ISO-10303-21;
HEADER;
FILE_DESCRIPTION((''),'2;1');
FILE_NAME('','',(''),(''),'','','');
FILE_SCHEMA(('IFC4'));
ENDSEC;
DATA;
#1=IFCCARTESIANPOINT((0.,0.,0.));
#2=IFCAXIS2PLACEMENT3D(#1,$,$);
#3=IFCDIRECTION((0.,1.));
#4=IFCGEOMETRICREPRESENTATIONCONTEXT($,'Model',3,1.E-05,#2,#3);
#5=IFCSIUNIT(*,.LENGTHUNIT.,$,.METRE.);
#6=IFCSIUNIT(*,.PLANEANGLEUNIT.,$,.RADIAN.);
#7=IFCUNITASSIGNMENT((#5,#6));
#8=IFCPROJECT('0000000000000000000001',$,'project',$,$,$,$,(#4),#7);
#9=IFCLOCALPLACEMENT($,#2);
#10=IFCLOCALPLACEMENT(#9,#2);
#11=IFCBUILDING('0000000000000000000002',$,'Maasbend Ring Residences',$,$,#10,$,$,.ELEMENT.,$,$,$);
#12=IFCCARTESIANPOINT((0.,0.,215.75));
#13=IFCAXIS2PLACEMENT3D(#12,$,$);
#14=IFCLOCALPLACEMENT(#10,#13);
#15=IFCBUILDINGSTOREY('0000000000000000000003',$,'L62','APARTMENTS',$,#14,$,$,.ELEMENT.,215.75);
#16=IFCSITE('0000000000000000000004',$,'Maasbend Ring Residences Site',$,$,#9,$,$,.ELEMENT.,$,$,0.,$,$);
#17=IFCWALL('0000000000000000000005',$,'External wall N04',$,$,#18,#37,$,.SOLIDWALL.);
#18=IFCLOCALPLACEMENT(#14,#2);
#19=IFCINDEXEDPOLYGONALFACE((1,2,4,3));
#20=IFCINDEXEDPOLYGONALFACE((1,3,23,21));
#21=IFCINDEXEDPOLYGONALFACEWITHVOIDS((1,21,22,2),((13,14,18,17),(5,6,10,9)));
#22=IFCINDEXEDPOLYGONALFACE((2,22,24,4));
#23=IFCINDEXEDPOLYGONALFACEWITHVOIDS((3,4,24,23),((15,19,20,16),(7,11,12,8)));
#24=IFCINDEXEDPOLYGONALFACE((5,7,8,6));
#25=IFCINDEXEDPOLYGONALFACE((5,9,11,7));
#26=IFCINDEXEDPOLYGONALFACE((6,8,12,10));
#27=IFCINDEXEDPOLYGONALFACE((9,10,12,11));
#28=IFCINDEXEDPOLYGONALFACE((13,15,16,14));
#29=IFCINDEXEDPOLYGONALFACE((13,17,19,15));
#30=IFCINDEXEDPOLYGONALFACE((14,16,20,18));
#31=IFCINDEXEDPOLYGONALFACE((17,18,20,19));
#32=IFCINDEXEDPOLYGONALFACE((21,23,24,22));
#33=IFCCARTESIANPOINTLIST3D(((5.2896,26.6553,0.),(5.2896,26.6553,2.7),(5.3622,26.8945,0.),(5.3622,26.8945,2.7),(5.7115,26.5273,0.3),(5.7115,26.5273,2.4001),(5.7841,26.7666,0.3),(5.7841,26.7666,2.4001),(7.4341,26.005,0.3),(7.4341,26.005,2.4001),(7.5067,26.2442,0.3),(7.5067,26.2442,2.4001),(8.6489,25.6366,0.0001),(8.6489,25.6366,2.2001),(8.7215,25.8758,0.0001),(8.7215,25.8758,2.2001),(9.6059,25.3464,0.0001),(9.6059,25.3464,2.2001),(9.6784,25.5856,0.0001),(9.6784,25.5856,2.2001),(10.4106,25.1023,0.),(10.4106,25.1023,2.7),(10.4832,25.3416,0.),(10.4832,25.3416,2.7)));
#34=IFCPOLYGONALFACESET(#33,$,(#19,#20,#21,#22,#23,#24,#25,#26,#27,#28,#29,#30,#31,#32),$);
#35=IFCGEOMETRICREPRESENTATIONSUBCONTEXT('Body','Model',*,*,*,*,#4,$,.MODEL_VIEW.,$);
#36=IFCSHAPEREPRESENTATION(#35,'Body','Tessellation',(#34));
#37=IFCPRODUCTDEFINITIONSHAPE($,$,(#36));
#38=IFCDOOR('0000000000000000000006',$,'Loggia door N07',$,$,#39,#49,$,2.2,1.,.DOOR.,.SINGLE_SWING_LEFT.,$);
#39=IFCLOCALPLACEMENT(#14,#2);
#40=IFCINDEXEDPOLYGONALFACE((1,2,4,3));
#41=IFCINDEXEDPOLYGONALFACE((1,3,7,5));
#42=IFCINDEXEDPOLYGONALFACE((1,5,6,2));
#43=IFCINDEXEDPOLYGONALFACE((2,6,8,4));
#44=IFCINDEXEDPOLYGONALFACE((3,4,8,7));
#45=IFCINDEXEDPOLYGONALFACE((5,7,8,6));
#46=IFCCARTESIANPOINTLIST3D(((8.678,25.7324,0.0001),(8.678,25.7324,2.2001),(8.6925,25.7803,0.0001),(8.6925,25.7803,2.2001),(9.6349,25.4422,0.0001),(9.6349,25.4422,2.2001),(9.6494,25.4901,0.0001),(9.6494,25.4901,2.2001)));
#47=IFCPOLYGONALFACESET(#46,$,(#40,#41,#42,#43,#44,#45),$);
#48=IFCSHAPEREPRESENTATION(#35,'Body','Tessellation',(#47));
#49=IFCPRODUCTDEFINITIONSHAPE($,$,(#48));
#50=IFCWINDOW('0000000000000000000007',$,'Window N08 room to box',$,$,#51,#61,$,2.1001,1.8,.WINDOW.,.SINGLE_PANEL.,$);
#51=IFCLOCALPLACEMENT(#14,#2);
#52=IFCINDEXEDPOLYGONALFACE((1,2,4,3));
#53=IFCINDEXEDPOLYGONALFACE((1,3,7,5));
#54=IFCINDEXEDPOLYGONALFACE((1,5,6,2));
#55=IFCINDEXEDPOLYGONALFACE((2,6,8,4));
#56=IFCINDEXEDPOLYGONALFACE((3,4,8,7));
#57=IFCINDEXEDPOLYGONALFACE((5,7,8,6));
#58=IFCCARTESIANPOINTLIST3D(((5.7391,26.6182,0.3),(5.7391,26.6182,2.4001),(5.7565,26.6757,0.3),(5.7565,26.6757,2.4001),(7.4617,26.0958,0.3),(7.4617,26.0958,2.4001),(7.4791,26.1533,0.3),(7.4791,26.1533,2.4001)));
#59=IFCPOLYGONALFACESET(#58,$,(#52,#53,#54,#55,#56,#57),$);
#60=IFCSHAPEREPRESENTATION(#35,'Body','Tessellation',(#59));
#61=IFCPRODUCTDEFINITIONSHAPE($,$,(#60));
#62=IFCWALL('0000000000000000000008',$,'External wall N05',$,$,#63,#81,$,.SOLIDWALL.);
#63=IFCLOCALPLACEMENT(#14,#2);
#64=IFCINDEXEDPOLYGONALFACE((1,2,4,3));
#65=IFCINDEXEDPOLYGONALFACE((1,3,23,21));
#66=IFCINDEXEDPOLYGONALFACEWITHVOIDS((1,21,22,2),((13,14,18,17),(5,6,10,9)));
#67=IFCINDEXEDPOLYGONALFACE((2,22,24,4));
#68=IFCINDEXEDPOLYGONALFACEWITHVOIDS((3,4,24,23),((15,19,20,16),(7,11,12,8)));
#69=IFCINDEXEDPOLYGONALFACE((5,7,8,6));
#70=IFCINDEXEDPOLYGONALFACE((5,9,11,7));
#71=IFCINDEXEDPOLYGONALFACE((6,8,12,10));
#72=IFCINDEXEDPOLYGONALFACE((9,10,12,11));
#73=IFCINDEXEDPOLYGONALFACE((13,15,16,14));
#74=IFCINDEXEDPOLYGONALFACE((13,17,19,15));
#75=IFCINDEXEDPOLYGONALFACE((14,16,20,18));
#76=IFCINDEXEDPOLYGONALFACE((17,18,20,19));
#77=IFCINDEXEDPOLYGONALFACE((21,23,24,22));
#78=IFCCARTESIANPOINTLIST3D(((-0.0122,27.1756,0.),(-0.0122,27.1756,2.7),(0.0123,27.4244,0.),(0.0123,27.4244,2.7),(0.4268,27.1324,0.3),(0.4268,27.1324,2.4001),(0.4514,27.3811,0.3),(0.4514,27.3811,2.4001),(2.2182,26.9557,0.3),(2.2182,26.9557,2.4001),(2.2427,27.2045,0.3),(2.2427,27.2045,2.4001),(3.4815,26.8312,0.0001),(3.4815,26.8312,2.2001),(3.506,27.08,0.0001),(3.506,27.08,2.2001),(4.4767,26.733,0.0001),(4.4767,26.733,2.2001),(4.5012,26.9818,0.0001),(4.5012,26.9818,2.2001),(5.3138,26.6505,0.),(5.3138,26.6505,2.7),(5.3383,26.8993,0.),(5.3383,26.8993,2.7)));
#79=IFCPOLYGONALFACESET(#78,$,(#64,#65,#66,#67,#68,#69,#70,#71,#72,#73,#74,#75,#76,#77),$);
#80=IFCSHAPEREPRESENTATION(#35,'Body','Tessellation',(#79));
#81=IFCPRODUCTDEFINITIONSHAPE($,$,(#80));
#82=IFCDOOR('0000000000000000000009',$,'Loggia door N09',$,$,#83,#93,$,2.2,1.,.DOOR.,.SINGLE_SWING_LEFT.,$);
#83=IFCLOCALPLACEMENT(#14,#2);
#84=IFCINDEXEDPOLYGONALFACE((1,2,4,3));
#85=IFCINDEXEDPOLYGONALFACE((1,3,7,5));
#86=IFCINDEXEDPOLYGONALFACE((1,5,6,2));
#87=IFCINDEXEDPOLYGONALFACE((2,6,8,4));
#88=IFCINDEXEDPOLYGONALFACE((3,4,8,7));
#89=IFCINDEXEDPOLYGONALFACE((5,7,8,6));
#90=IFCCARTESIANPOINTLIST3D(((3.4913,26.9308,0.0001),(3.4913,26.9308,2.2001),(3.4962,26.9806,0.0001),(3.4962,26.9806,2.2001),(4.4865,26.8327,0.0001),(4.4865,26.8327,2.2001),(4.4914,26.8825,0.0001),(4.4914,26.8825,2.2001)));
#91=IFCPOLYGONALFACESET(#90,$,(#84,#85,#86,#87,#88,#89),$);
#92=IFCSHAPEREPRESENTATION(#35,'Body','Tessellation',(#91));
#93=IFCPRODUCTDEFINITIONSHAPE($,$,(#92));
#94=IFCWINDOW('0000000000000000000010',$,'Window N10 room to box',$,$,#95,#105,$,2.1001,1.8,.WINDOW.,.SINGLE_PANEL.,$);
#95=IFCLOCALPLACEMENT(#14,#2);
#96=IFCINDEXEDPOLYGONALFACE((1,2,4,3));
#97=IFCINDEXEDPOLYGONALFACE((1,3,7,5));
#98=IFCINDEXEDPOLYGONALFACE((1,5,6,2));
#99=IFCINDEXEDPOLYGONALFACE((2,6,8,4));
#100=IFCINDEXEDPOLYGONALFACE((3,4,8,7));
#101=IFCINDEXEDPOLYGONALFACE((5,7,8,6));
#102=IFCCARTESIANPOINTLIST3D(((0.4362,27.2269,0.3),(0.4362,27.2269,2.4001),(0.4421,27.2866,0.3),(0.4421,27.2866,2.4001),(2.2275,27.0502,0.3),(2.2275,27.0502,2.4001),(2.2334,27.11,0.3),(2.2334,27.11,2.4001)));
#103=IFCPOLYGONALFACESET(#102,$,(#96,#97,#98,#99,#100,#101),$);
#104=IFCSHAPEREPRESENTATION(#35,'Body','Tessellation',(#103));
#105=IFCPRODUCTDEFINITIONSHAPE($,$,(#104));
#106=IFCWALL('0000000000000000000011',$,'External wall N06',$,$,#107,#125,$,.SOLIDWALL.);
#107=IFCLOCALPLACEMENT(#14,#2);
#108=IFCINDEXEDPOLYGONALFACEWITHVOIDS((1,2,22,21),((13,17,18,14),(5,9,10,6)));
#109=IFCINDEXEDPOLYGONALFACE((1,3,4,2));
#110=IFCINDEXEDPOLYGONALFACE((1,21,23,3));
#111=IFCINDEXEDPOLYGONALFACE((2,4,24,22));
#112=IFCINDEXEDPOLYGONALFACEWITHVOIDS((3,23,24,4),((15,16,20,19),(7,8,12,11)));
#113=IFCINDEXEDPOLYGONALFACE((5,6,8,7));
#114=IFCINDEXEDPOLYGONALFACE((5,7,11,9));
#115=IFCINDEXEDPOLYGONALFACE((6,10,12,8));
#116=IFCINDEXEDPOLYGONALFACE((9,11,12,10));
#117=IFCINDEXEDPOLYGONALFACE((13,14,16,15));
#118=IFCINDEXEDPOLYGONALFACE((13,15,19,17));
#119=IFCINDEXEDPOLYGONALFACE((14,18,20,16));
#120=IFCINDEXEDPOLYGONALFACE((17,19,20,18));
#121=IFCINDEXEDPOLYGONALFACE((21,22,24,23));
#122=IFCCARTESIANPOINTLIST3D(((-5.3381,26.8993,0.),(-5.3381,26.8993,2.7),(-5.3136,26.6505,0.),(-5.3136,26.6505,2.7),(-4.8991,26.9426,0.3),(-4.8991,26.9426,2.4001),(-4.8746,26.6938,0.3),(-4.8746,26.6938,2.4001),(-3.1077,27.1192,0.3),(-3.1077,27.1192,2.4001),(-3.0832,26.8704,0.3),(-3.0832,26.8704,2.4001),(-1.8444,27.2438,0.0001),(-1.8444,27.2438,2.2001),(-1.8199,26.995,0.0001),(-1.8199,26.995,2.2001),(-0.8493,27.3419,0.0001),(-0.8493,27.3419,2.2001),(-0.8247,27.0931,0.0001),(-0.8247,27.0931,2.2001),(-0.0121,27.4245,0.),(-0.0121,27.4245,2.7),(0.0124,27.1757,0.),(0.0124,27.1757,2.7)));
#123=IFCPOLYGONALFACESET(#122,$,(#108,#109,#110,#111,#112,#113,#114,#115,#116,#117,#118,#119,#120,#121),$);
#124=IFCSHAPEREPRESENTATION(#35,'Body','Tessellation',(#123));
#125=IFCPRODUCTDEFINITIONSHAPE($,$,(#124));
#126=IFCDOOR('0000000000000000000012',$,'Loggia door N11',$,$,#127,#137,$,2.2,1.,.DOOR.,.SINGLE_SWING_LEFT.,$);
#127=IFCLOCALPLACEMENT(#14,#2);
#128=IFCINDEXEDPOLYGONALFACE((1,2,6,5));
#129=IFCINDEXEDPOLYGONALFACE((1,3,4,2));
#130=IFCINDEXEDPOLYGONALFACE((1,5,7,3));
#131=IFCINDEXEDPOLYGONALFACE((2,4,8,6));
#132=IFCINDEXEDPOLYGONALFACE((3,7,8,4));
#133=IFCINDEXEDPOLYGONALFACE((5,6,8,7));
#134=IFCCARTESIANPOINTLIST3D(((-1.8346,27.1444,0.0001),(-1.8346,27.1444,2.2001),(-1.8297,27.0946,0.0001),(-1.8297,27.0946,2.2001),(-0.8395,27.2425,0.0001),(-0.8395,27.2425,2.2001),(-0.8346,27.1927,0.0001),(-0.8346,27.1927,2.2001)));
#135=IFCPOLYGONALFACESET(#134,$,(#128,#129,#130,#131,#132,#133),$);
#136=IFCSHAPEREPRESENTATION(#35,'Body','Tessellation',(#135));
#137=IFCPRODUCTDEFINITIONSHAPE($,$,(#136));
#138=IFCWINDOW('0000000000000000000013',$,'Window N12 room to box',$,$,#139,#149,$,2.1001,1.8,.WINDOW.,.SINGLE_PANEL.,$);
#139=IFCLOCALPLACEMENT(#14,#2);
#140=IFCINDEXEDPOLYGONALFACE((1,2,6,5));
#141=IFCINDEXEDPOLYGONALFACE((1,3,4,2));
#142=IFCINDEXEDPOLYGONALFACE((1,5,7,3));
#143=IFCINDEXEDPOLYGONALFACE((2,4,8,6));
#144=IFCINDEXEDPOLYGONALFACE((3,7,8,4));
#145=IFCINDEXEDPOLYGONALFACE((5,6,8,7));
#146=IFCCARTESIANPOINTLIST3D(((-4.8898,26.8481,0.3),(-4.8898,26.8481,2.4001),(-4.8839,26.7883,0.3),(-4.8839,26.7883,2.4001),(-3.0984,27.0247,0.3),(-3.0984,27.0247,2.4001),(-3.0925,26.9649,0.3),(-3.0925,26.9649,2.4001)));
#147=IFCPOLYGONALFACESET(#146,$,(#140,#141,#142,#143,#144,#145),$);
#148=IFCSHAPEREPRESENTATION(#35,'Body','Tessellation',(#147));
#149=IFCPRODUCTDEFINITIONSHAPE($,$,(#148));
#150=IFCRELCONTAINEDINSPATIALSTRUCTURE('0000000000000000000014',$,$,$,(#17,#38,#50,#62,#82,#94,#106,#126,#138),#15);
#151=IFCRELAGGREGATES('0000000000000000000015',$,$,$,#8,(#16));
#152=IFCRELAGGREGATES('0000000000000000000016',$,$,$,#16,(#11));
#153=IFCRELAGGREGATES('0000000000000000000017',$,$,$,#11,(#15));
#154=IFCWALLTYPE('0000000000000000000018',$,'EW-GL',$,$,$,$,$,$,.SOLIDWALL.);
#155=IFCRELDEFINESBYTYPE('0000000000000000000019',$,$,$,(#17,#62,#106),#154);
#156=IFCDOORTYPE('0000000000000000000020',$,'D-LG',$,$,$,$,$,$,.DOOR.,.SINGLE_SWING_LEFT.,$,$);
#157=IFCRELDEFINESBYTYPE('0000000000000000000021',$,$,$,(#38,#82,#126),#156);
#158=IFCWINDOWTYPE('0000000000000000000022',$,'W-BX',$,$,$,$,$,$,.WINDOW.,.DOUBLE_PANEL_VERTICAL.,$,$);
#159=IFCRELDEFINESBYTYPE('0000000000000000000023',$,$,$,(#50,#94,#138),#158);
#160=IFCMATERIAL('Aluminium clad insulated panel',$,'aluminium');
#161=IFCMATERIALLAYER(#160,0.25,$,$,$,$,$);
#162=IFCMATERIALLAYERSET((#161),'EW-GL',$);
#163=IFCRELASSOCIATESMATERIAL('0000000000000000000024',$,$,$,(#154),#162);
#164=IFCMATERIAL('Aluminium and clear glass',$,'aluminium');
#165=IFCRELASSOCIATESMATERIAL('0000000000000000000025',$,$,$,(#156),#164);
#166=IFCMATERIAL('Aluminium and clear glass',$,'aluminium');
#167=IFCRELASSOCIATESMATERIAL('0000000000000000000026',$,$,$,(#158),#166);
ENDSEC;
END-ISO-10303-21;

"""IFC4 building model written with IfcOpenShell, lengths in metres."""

from ifc_helpers import new_model, si_unit, direction, frame, frame_2d, origin, place, context, subcontext, project, spatial, rectangle, extrude, material, layer, layer_set, type_object, element, fill, save


model = new_model("IFC4")

# Units and contexts
model_context = context("Model", 3, precision=1e-05, world=origin(), true_north=direction((0.0, 1.0)))
body_context = subcontext(model_context, "Body", "Model", "MODEL_VIEW")
ifc_project = project(units=[si_unit("LENGTHUNIT", "METRE"), si_unit("PLANEANGLEUNIT", "RADIAN")], contexts=[model_context])

# Site, building, storey
site_placement = place(None, origin())
site = spatial("IfcSite", under=ifc_project, at=site_placement, Name="Maasbend Ring Residences Site", CompositionType="ELEMENT", RefElevation=0.0)
building_placement = place(site_placement, origin())
building = spatial("IfcBuilding", under=site, at=building_placement, Name="Maasbend Ring Residences", CompositionType="ELEMENT")
storey_placement = place(building_placement, frame((0.0, 0.0, 215.75)))
storey = spatial("IfcBuildingStorey", under=building, at=storey_placement, Name="L62", Description="APARTMENTS", CompositionType="ELEMENT", Elevation=215.75)

# Walls, openings, doors, windows
ifc_material_1 = material(Name="Aluminium clad insulated panel", Category="aluminium")
ifc_layer_1 = layer(ifc_material_1, 0.25)
ifc_layer_set_1 = layer_set([ifc_layer_1], Name="EW-GL")
wall_type_1 = type_object("IfcWallType", Name="EW-GL", PredefinedType="SOLIDWALL", material=ifc_layer_set_1)
wall_1_placement = place(storey_placement, frame((10.447, 25.2219, 0.0), z_axis=(0.0, 0.0, 1.0), x_axis=(-0.956966, 0.290201, 0.0)))
wall_1 = element("IfcWall", 1, at=wall_1_placement, inside=storey, type_object=wall_type_1, Name="External wall N04", PredefinedType="SOLIDWALL", context=body_context, shape_type="SweptSolid", body=[
    extrude(rectangle(XDim=5.3513, YDim=0.25, at=frame_2d((2.6758, 0.0))), origin(), (0.0, 0.0, 1.0), 2.7),
])
opening_1_placement = place(wall_1_placement, frame((0.8411, 0.0, 0.0)))
opening_1 = element("IfcOpeningElement", 2, at=opening_1_placement, cuts=wall_1, PredefinedType="OPENING", context=body_context, shape_type="SweptSolid", body=[
    extrude(rectangle(XDim=1.0, YDim=2.2, at=frame_2d((0.5, 1.1001))), frame((0.0, 0.135, 0.0), z_axis=(0.0, -1.0, 0.0), x_axis=(1.0, 0.0, 0.0)), (0.0, 0.0, 1.0), 0.27),
])
opening_2_placement = place(wall_1_placement, frame((3.1106, 0.0, 0.3)))
opening_2 = element("IfcOpeningElement", 3, at=opening_2_placement, cuts=wall_1, PredefinedType="OPENING", context=body_context, shape_type="SweptSolid", body=[
    extrude(rectangle(XDim=1.8, YDim=2.1001, at=frame_2d((0.8999, 1.05))), frame((0.0, 0.135, 0.0), z_axis=(0.0, -1.0, 0.0), x_axis=(1.0, 0.0, 0.0)), (0.0, 0.0, 1.0), 0.27),
])
ifc_material_2 = material(Name="Aluminium and clear glass", Category="aluminium")
door_type_1 = type_object("IfcDoorType", Name="D-LG", OperationType="SINGLE_SWING_LEFT", PredefinedType="DOOR", material=ifc_material_2)
door_1_placement = place(opening_1_placement, origin())
door_1 = element("IfcDoor", 4, at=door_1_placement, inside=storey, type_object=door_type_1, Name="Loggia door N07", OperationType="SINGLE_SWING_LEFT", OverallHeight=2.2, OverallWidth=1.0, PredefinedType="DOOR", context=body_context, shape_type="SweptSolid", body=[
    extrude(rectangle(XDim=1.0, YDim=2.2, at=frame_2d((0.5, 1.1001))), frame((0.0, 0.0249, 0.0), z_axis=(0.0, -1.0, 0.0), x_axis=(1.0, 0.0, 0.0)), (0.0, 0.0, 1.0), 0.05),
])
fill(opening_1, door_1)
ifc_material_3 = material(Name="Aluminium and clear glass", Category="aluminium")
window_type_1 = type_object("IfcWindowType", Name="W-BX", PartitioningType="DOUBLE_PANEL_VERTICAL", PredefinedType="WINDOW", material=ifc_material_3)
window_1_placement = place(opening_2_placement, origin())
window_1 = element("IfcWindow", 5, at=window_1_placement, inside=storey, type_object=window_type_1, Name="Window N08 room to box", OverallHeight=2.1001, OverallWidth=1.8, PartitioningType="SINGLE_PANEL", PredefinedType="WINDOW", context=body_context, shape_type="SweptSolid", body=[
    extrude(rectangle(XDim=1.8, YDim=2.1001, at=frame_2d((0.8999, 1.05))), frame((0.0, 0.03, 0.0), z_axis=(0.0, -1.0, 0.0), x_axis=(1.0, 0.0, 0.0)), (0.0, 0.0, 1.0), 0.0601),
])
fill(opening_2, window_1)
wall_2_placement = place(storey_placement, frame((5.3259, 26.7749, 0.0), z_axis=(0.0, 0.0, 1.0), x_axis=(-0.995174, 0.098126, 0.0)))
wall_2 = element("IfcWall", 6, at=wall_2_placement, inside=storey, type_object=wall_type_1, Name="External wall N05", PredefinedType="SOLIDWALL", context=body_context, shape_type="SweptSolid", body=[
    extrude(rectangle(XDim=5.3518, YDim=0.25, at=frame_2d((2.6758, 0.0))), origin(), (0.0, 0.0, 1.0), 2.7),
])
opening_3_placement = place(wall_2_placement, frame((0.8411, 0.0, 0.0)))
opening_3 = element("IfcOpeningElement", 7, at=opening_3_placement, cuts=wall_2, PredefinedType="OPENING", context=body_context, shape_type="SweptSolid", body=[
    extrude(rectangle(XDim=1.0, YDim=2.2, at=frame_2d((0.5, 1.1001))), frame((0.0, 0.135, 0.0), z_axis=(0.0, -1.0, 0.0), x_axis=(1.0, 0.0, 0.0)), (0.0, 0.0, 1.0), 0.27),
])
opening_4_placement = place(wall_2_placement, frame((3.1106, 0.0, 0.3)))
opening_4 = element("IfcOpeningElement", 8, at=opening_4_placement, cuts=wall_2, PredefinedType="OPENING", context=body_context, shape_type="SweptSolid", body=[
    extrude(rectangle(XDim=1.8, YDim=2.1001, at=frame_2d((0.8999, 1.05))), frame((0.0, 0.135, 0.0), z_axis=(0.0, -1.0, 0.0), x_axis=(1.0, 0.0, 0.0)), (0.0, 0.0, 1.0), 0.27),
])
door_2_placement = place(opening_3_placement, origin())
door_2 = element("IfcDoor", 9, at=door_2_placement, inside=storey, type_object=door_type_1, Name="Loggia door N09", OperationType="SINGLE_SWING_LEFT", OverallHeight=2.2, OverallWidth=1.0, PredefinedType="DOOR", context=body_context, shape_type="SweptSolid", body=[
    extrude(rectangle(XDim=1.0, YDim=2.2, at=frame_2d((0.5, 1.1001))), frame((0.0, 0.0249, 0.0), z_axis=(0.0, -1.0, 0.0), x_axis=(1.0, 0.0, 0.0)), (0.0, 0.0, 1.0), 0.05),
])
fill(opening_3, door_2)
window_2_placement = place(opening_4_placement, origin())
window_2 = element("IfcWindow", 10, at=window_2_placement, inside=storey, type_object=window_type_1, Name="Window N10 room to box", OverallHeight=2.1001, OverallWidth=1.8, PartitioningType="SINGLE_PANEL", PredefinedType="WINDOW", context=body_context, shape_type="SweptSolid", body=[
    extrude(rectangle(XDim=1.8, YDim=2.1001, at=frame_2d((0.8999, 1.05))), frame((0.0, 0.03, 0.0), z_axis=(0.0, -1.0, 0.0), x_axis=(1.0, 0.0, 0.0)), (0.0, 0.0, 1.0), 0.0601),
])
fill(opening_4, window_2)
wall_3_placement = place(storey_placement, frame((0.0, 27.3, 0.0), z_axis=(0.0, 0.0, 1.0), x_axis=(-0.995174, -0.098126, 0.0)))
wall_3 = element("IfcWall", 11, at=wall_3_placement, inside=storey, type_object=wall_type_1, Name="External wall N06", PredefinedType="SOLIDWALL", context=body_context, shape_type="SweptSolid", body=[
    extrude(rectangle(XDim=5.3518, YDim=0.25, at=frame_2d((2.6758, 0.0))), origin(), (0.0, 0.0, 1.0), 2.7),
])
opening_5_placement = place(wall_3_placement, frame((0.8411, 0.0, 0.0)))
opening_5 = element("IfcOpeningElement", 12, at=opening_5_placement, cuts=wall_3, PredefinedType="OPENING", context=body_context, shape_type="SweptSolid", body=[
    extrude(rectangle(XDim=1.0, YDim=2.2, at=frame_2d((0.5, 1.1001))), frame((0.0, 0.135, 0.0), z_axis=(0.0, -1.0, 0.0), x_axis=(1.0, 0.0, 0.0)), (0.0, 0.0, 1.0), 0.27),
])
opening_6_placement = place(wall_3_placement, frame((3.1106, 0.0, 0.3)))
opening_6 = element("IfcOpeningElement", 13, at=opening_6_placement, cuts=wall_3, PredefinedType="OPENING", context=body_context, shape_type="SweptSolid", body=[
    extrude(rectangle(XDim=1.8, YDim=2.1001, at=frame_2d((0.8999, 1.05))), frame((0.0, 0.135, 0.0), z_axis=(0.0, -1.0, 0.0), x_axis=(1.0, 0.0, 0.0)), (0.0, 0.0, 1.0), 0.27),
])
door_3_placement = place(opening_5_placement, origin())
door_3 = element("IfcDoor", 14, at=door_3_placement, inside=storey, type_object=door_type_1, Name="Loggia door N11", OperationType="SINGLE_SWING_LEFT", OverallHeight=2.2, OverallWidth=1.0, PredefinedType="DOOR", context=body_context, shape_type="SweptSolid", body=[
    extrude(rectangle(XDim=1.0, YDim=2.2, at=frame_2d((0.5, 1.1001))), frame((0.0, 0.0249, 0.0), z_axis=(0.0, -1.0, 0.0), x_axis=(1.0, 0.0, 0.0)), (0.0, 0.0, 1.0), 0.05),
])
fill(opening_5, door_3)
window_3_placement = place(opening_6_placement, origin())
window_3 = element("IfcWindow", 15, at=window_3_placement, inside=storey, type_object=window_type_1, Name="Window N12 room to box", OverallHeight=2.1001, OverallWidth=1.8, PartitioningType="SINGLE_PANEL", PredefinedType="WINDOW", context=body_context, shape_type="SweptSolid", body=[
    extrude(rectangle(XDim=1.8, YDim=2.1001, at=frame_2d((0.8999, 1.05))), frame((0.0, 0.03, 0.0), z_axis=(0.0, -1.0, 0.0), x_axis=(1.0, 0.0, 0.0)), (0.0, 0.0, 1.0), 0.0601),
])
fill(opening_6, window_3)

save(model, "model.ifc")
